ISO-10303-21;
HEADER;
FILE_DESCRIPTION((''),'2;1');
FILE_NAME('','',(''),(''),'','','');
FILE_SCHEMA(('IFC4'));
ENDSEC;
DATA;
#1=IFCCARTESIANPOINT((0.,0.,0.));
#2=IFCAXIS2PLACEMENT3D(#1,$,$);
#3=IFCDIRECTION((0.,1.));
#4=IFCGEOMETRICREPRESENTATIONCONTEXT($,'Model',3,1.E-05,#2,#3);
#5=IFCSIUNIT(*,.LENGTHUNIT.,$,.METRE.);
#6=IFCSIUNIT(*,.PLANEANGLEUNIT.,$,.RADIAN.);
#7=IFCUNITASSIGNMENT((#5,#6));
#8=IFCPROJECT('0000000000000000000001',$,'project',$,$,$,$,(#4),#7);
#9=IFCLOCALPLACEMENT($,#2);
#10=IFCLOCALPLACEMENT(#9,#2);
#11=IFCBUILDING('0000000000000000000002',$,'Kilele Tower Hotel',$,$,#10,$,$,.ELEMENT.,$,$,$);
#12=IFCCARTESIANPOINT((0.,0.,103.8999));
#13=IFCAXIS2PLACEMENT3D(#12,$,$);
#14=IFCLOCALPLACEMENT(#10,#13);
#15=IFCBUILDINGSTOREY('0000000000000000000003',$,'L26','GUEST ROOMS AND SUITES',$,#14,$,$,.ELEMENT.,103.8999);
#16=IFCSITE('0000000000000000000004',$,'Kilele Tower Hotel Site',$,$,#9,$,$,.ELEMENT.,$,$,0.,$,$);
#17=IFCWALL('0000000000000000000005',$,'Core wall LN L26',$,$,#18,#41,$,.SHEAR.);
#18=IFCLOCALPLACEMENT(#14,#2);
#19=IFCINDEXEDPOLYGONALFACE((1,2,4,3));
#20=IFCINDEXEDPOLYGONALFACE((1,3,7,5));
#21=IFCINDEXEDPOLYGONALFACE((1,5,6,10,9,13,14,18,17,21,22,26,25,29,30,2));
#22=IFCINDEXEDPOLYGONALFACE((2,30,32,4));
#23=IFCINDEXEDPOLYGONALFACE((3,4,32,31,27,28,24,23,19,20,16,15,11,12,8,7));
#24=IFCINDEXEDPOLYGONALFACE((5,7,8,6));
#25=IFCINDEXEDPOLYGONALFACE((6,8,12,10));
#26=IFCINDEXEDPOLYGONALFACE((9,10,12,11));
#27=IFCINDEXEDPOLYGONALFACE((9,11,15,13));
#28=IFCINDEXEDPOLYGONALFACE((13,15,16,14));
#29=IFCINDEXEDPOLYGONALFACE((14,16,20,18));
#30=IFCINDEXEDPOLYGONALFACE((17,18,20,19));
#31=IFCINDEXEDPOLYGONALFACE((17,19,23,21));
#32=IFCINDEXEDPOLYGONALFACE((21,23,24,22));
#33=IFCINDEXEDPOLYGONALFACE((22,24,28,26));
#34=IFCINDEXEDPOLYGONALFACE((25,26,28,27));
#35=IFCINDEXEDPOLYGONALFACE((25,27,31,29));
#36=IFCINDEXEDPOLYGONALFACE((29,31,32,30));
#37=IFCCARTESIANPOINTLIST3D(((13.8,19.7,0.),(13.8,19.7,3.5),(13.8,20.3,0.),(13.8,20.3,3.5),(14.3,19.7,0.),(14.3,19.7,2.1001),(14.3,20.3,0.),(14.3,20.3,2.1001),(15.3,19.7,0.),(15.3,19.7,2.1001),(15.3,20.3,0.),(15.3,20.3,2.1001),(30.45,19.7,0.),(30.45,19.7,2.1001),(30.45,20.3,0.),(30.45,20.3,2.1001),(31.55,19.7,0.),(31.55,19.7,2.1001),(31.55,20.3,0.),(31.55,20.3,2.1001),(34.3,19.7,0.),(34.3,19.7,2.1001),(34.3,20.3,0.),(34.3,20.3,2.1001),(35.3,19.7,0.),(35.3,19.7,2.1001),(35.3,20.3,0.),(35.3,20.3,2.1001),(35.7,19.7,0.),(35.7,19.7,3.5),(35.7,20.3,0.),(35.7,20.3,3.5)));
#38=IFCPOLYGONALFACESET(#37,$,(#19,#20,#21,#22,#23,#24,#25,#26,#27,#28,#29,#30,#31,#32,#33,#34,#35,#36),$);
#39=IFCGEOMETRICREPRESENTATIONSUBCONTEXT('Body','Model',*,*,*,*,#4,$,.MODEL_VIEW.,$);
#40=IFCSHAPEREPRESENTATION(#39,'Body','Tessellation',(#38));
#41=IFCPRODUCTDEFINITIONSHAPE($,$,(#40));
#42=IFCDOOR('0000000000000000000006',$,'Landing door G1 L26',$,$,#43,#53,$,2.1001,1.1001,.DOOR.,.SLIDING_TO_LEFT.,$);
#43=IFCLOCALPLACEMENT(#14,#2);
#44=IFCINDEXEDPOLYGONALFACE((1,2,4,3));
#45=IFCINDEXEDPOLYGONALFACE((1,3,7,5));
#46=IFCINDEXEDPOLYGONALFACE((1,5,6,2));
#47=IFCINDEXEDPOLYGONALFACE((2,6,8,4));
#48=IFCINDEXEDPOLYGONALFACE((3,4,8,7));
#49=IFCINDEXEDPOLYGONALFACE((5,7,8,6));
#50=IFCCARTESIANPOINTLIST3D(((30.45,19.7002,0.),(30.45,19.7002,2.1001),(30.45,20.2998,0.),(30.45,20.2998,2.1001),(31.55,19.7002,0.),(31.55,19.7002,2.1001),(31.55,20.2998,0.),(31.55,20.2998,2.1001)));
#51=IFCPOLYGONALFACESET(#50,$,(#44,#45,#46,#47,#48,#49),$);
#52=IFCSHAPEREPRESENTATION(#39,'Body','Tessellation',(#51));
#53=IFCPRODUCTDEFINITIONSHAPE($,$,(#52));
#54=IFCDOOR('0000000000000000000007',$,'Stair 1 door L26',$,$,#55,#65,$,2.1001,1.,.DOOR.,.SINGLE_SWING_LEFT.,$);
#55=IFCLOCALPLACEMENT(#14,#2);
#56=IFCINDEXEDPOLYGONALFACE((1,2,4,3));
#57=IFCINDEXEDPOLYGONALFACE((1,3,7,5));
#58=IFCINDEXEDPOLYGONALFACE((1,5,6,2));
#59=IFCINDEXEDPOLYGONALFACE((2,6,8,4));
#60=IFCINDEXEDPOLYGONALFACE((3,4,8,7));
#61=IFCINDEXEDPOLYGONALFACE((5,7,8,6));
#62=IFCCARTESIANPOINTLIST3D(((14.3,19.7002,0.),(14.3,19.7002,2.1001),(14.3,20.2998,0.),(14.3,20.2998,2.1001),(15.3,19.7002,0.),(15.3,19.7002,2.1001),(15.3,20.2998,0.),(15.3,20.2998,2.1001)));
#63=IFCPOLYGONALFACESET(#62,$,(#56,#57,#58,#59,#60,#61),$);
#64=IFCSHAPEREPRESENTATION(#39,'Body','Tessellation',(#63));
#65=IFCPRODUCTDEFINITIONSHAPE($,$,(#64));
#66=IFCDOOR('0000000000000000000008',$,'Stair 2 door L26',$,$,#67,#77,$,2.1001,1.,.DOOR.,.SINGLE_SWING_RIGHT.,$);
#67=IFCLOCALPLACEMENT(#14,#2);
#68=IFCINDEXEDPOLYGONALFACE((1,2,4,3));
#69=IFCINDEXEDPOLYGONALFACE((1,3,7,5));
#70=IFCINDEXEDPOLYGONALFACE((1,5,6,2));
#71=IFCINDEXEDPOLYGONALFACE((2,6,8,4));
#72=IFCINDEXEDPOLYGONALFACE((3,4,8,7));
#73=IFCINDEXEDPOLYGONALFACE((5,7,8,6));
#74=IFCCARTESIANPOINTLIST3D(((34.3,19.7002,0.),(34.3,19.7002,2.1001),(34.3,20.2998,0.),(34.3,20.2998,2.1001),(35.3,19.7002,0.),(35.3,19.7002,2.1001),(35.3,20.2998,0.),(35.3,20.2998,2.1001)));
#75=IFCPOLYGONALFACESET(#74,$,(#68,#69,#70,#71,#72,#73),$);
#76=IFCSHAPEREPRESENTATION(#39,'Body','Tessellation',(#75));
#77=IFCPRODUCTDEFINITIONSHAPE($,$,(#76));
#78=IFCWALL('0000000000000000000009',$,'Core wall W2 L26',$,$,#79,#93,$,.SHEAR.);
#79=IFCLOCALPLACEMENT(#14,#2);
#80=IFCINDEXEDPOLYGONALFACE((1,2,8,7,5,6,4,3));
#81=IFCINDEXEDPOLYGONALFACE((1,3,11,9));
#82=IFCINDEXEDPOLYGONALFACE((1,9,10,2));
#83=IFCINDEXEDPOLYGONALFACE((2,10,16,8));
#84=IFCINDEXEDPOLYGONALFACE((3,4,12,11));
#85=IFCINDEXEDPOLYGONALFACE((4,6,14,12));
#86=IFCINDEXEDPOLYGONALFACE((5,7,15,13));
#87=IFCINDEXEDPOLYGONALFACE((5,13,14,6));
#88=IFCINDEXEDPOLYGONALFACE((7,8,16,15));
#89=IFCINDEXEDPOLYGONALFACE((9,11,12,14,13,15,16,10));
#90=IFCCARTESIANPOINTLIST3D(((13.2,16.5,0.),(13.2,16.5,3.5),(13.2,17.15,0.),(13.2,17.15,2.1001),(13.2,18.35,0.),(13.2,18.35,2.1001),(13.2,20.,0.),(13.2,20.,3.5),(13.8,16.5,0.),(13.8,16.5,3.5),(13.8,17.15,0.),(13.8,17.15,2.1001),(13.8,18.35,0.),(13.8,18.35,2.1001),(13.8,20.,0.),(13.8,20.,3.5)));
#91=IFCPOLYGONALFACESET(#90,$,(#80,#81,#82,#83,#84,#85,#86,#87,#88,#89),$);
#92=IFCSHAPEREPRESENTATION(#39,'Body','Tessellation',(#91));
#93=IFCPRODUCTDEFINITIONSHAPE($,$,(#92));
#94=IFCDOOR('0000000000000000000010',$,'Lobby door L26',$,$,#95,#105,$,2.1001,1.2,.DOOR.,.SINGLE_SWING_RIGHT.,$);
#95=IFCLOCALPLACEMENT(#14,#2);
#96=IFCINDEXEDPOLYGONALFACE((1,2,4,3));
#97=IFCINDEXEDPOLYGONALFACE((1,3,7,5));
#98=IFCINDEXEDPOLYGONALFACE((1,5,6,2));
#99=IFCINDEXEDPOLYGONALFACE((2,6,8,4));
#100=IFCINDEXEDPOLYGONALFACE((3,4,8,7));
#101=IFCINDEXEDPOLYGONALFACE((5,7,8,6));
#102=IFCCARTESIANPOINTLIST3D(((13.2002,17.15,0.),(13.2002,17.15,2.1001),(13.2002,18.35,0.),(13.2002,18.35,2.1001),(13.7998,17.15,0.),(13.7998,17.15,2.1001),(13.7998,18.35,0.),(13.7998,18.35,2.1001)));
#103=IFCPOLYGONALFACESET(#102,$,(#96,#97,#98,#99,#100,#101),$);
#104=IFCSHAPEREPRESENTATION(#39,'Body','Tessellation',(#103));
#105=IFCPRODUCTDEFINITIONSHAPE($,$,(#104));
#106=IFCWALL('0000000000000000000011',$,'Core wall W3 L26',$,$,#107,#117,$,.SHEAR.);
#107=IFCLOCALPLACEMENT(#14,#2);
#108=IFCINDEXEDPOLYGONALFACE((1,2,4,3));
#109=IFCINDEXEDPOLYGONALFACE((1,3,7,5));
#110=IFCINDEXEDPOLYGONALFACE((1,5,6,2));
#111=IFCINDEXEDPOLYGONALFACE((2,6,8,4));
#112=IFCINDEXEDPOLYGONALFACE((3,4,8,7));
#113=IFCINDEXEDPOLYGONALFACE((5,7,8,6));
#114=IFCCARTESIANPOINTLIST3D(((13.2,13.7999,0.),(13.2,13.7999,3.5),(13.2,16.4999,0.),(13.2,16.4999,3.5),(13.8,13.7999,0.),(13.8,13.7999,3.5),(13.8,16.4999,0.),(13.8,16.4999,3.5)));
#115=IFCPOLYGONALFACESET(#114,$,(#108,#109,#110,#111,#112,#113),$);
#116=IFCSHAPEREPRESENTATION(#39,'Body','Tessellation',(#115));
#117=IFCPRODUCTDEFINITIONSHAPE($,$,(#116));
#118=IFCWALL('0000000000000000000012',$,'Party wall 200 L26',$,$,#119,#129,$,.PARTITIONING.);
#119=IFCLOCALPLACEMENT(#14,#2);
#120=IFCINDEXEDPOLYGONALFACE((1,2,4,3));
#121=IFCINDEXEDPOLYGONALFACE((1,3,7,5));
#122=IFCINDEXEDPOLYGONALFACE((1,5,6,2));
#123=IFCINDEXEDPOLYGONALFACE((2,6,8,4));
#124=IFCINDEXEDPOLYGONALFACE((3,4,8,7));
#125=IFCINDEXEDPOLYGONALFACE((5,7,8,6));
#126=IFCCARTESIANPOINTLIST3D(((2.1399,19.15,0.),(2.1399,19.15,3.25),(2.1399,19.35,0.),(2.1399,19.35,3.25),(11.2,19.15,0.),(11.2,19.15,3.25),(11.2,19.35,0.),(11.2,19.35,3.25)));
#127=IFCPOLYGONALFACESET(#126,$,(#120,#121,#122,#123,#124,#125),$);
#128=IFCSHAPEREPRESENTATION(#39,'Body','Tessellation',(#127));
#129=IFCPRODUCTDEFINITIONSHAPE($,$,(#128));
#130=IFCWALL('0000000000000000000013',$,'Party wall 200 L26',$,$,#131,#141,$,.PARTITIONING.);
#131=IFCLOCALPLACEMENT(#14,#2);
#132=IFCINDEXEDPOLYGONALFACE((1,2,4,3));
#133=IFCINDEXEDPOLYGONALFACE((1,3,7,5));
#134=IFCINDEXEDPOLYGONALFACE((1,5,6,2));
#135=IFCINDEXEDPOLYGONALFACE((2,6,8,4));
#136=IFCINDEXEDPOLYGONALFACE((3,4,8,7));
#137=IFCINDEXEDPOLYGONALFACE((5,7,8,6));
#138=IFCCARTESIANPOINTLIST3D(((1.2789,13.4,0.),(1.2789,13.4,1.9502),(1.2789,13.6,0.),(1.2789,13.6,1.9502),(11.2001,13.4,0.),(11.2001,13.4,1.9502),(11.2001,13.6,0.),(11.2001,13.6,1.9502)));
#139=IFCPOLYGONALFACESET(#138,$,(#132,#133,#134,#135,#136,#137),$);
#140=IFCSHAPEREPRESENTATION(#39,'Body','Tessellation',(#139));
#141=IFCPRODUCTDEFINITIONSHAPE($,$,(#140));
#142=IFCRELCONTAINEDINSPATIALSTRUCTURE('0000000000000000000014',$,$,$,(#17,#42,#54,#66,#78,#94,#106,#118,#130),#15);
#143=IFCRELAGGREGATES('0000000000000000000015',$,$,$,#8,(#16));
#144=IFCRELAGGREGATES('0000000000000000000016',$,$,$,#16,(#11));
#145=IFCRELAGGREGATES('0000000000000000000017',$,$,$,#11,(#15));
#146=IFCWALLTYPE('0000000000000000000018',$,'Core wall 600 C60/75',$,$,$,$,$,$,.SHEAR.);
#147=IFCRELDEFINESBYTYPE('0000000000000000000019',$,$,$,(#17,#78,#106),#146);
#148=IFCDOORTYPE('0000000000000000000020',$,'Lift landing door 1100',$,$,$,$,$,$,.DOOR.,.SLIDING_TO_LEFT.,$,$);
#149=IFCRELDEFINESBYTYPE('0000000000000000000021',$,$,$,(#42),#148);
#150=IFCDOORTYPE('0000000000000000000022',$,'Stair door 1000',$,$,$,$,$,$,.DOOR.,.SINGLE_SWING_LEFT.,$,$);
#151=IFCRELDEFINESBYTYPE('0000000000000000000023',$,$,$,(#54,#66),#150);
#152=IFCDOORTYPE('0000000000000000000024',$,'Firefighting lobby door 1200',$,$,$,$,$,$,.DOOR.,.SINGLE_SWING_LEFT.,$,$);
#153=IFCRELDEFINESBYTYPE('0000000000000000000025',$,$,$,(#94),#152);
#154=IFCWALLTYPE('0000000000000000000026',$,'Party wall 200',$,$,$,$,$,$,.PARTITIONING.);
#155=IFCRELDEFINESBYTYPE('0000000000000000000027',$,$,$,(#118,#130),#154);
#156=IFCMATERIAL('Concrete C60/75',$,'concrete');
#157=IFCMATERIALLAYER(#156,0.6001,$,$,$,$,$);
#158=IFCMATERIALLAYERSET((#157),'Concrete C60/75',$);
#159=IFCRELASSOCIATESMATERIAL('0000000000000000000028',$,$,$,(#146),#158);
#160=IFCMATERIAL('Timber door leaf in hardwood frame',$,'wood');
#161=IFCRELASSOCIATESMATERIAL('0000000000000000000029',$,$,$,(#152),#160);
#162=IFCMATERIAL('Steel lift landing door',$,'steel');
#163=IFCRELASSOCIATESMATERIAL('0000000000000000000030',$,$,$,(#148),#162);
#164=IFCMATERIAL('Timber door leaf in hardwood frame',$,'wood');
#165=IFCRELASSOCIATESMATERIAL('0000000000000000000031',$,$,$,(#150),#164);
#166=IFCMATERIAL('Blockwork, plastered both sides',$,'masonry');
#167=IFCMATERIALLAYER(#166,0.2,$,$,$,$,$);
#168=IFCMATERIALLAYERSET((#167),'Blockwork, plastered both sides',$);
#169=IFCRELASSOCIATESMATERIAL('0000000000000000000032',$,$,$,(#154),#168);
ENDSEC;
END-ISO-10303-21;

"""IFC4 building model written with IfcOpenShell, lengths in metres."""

from ifc_helpers import new_model, si_unit, direction, frame, frame_2d, origin, place, context, subcontext, project, spatial, rectangle, extrude, material, layer, layer_set, type_object, element, fill, save


model = new_model("IFC4")

# Units and contexts
model_context = context("Model", 3, precision=1e-05, world=origin(), true_north=direction((0.0, 1.0)))
body_context = subcontext(model_context, "Body", "Model", "MODEL_VIEW")
ifc_project = project(units=[si_unit("LENGTHUNIT", "METRE"), si_unit("PLANEANGLEUNIT", "RADIAN")], contexts=[model_context])

# Site, building, storey
site_placement = place(None, origin())
site = spatial("IfcSite", under=ifc_project, at=site_placement, Name="Kilele Tower Hotel Site", CompositionType="ELEMENT", RefElevation=0.0)
building_placement = place(site_placement, origin())
building = spatial("IfcBuilding", under=site, at=building_placement, Name="Kilele Tower Hotel", CompositionType="ELEMENT")
storey_placement = place(building_placement, frame((0.0, 0.0, 103.8999)))
storey = spatial("IfcBuildingStorey", under=building, at=storey_placement, Name="L26", Description="GUEST ROOMS AND SUITES", CompositionType="ELEMENT", Elevation=103.8999)

# Shared definitions
ifc_material_1 = material(Name="Concrete C60/75", Category="concrete")
ifc_layer_1 = layer(ifc_material_1, 0.6001)
ifc_layer_set_1 = layer_set([ifc_layer_1], Name="Concrete C60/75")
wall_type_1 = type_object("IfcWallType", Name="Core wall 600 C60/75", PredefinedType="SHEAR", material=ifc_layer_set_1)

# Shared definitions
ifc_material_2 = material(Name="Timber door leaf in hardwood frame", Category="wood")
door_type_1 = type_object("IfcDoorType", Name="Firefighting lobby door 1200", OperationType="SINGLE_SWING_LEFT", PredefinedType="DOOR", material=ifc_material_2)

# Wall, openings, doors
ifc_material_3 = material(Name="Steel lift landing door", Category="steel")
door_type_2 = type_object("IfcDoorType", Name="Lift landing door 1100", OperationType="SLIDING_TO_LEFT", PredefinedType="DOOR", material=ifc_material_3)
wall_1_placement = place(storey_placement, frame((13.8, 20.0, 0.0), z_axis=(0.0, 0.0, 1.0), x_axis=(1.0, 0.0, 0.0)))
wall_1 = element("IfcWall", 1, at=wall_1_placement, inside=storey, type_object=wall_type_1, Name="Core wall LN L26", PredefinedType="SHEAR", context=body_context, shape_type="SweptSolid", body=[
    extrude(rectangle(XDim=21.8999, YDim=0.6001, at=frame_2d((10.95, 0.0))), origin(), (0.0, 0.0, 1.0), 3.5),
])
opening_1_placement = place(wall_1_placement, frame((0.5, 0.0, 0.0)))
opening_1 = element("IfcOpeningElement", 2, at=opening_1_placement, cuts=wall_1, PredefinedType="OPENING", context=body_context, shape_type="SweptSolid", body=[
    extrude(rectangle(XDim=1.0, YDim=2.1001, at=frame_2d((0.5, 1.05))), frame((0.0, 0.3101, 0.0), z_axis=(0.0, -1.0, 0.0), x_axis=(1.0, 0.0, 0.0)), (0.0, 0.0, 1.0), 0.6201),
])
opening_2_placement = place(wall_1_placement, frame((20.5, 0.0, 0.0)))
opening_2 = element("IfcOpeningElement", 3, at=opening_2_placement, cuts=wall_1, PredefinedType="OPENING", context=body_context, shape_type="SweptSolid", body=[
    extrude(rectangle(XDim=1.0, YDim=2.1001, at=frame_2d((0.5, 1.05))), frame((0.0, 0.3101, 0.0), z_axis=(0.0, -1.0, 0.0), x_axis=(1.0, 0.0, 0.0)), (0.0, 0.0, 1.0), 0.6201),
])
opening_3_placement = place(wall_1_placement, frame((16.6499, 0.0, 0.0)))
opening_3 = element("IfcOpeningElement", 4, at=opening_3_placement, cuts=wall_1, PredefinedType="OPENING", context=body_context, shape_type="SweptSolid", body=[
    extrude(rectangle(XDim=1.1001, YDim=2.1001, at=frame_2d((0.55, 1.05))), frame((0.0, 0.3101, 0.0), z_axis=(0.0, -1.0, 0.0), x_axis=(1.0, 0.0, 0.0)), (0.0, 0.0, 1.0), 0.6201),
])
door_1_placement = place(opening_3_placement, origin())
door_1 = element("IfcDoor", 5, at=door_1_placement, inside=storey, type_object=door_type_2, Name="Landing door G1 L26", OperationType="SLIDING_TO_LEFT", OverallHeight=2.1001, OverallWidth=1.1001, PredefinedType="DOOR", context=body_context, shape_type="SweptSolid", body=[
    extrude(rectangle(XDim=1.1001, YDim=2.1001, at=frame_2d((0.55, 1.05))), frame((0.0, 0.2998, 0.0), z_axis=(0.0, -1.0, 0.0), x_axis=(1.0, 0.0, 0.0)), (0.0, 0.0, 1.0), 0.5996),
])
fill(opening_3, door_1)
ifc_material_4 = material(Name="Timber door leaf in hardwood frame", Category="wood")
door_type_3 = type_object("IfcDoorType", Name="Stair door 1000", OperationType="SINGLE_SWING_LEFT", PredefinedType="DOOR", material=ifc_material_4)
door_2_placement = place(opening_1_placement, origin())
door_2 = element("IfcDoor", 6, at=door_2_placement, inside=storey, type_object=door_type_3, Name="Stair 1 door L26", OperationType="SINGLE_SWING_LEFT", OverallHeight=2.1001, OverallWidth=1.0, PredefinedType="DOOR", context=body_context, shape_type="SweptSolid", body=[
    extrude(rectangle(XDim=1.0, YDim=2.1001, at=frame_2d((0.5, 1.05))), frame((0.0, 0.2998, 0.0), z_axis=(0.0, -1.0, 0.0), x_axis=(1.0, 0.0, 0.0)), (0.0, 0.0, 1.0), 0.5996),
])
fill(opening_1, door_2)
door_3_placement = place(opening_2_placement, origin())
door_3 = element("IfcDoor", 7, at=door_3_placement, inside=storey, type_object=door_type_3, Name="Stair 2 door L26", OperationType="SINGLE_SWING_RIGHT", OverallHeight=2.1001, OverallWidth=1.0, PredefinedType="DOOR", context=body_context, shape_type="SweptSolid", body=[
    extrude(rectangle(XDim=1.0, YDim=2.1001, at=frame_2d((0.5, 1.05))), frame((0.0, 0.2998, 0.0), z_axis=(0.0, -1.0, 0.0), x_axis=(1.0, 0.0, 0.0)), (0.0, 0.0, 1.0), 0.5996),
])
fill(opening_2, door_3)

# Wall, opening, door
wall_2_placement = place(storey_placement, frame((13.5, 20.0, 0.0), z_axis=(0.0, 0.0, 1.0), x_axis=(0.0, -1.0, 0.0)))
wall_2 = element("IfcWall", 8, at=wall_2_placement, inside=storey, type_object=wall_type_1, Name="Core wall W2 L26", PredefinedType="SHEAR", context=body_context, shape_type="SweptSolid", body=[
    extrude(rectangle(XDim=3.5, YDim=0.6001, at=frame_2d((1.75, 0.0))), origin(), (0.0, 0.0, 1.0), 3.5),
])
opening_4_placement = place(wall_2_placement, frame((1.6499, 0.0, 0.0)))
opening_4 = element("IfcOpeningElement", 9, at=opening_4_placement, cuts=wall_2, PredefinedType="OPENING", context=body_context, shape_type="SweptSolid", body=[
    extrude(rectangle(XDim=1.2, YDim=2.1001, at=frame_2d((0.6001, 1.05))), frame((0.0, 0.3101, 0.0), z_axis=(0.0, -1.0, 0.0), x_axis=(1.0, 0.0, 0.0)), (0.0, 0.0, 1.0), 0.6201),
])
door_4_placement = place(opening_4_placement, origin())
door_4 = element("IfcDoor", 10, at=door_4_placement, inside=storey, type_object=door_type_1, Name="Lobby door L26", OperationType="SINGLE_SWING_RIGHT", OverallHeight=2.1001, OverallWidth=1.2, PredefinedType="DOOR", context=body_context, shape_type="SweptSolid", body=[
    extrude(rectangle(XDim=1.2, YDim=2.1001, at=frame_2d((0.6001, 1.05))), frame((0.0, 0.2998, 0.0), z_axis=(0.0, -1.0, 0.0), x_axis=(1.0, 0.0, 0.0)), (0.0, 0.0, 1.0), 0.5996),
])
fill(opening_4, door_4)

# Walls
wall_3_placement = place(storey_placement, frame((13.5, 16.5, 0.0), z_axis=(0.0, 0.0, 1.0), x_axis=(0.0, -1.0, 0.0)))
element("IfcWall", 11, at=wall_3_placement, inside=storey, type_object=wall_type_1, Name="Core wall W3 L26", PredefinedType="SHEAR", context=body_context, shape_type="SweptSolid", body=[
    extrude(rectangle(XDim=2.7, YDim=0.6001, at=frame_2d((1.3501, 0.0))), origin(), (0.0, 0.0, 1.0), 3.5),
])
ifc_material_5 = material(Name="Blockwork, plastered both sides", Category="masonry")
ifc_layer_2 = layer(ifc_material_5, 0.2)
ifc_layer_set_2 = layer_set([ifc_layer_2], Name="Blockwork, plastered both sides")
wall_type_2 = type_object("IfcWallType", Name="Party wall 200", PredefinedType="PARTITIONING", material=ifc_layer_set_2)
wall_4_placement = place(storey_placement, frame((11.2, 19.25, 0.0), z_axis=(0.0, 0.0, 1.0), x_axis=(-1.0, 0.0, 0.0)))
element("IfcWall", 12, at=wall_4_placement, inside=storey, type_object=wall_type_2, Name="Party wall 200 L26", PredefinedType="PARTITIONING", context=body_context, shape_type="SweptSolid", body=[
    extrude(rectangle(XDim=9.0601, YDim=0.2, at=frame_2d((4.53, 0.0))), origin(), (0.0, 0.0, 1.0), 3.25),
])
wall_5_placement = place(storey_placement, frame((11.2, 13.5, 0.0), z_axis=(0.0, 0.0, 1.0), x_axis=(-1.0, 0.0, 0.0)))
element("IfcWall", 13, at=wall_5_placement, inside=storey, type_object=wall_type_2, Name="Party wall 200 L26", PredefinedType="PARTITIONING", context=body_context, shape_type="SweptSolid", body=[
    extrude(rectangle(XDim=9.9211, YDim=0.2, at=frame_2d((4.9604, 0.0))), origin(), (0.0, 0.0, 1.0), 1.9502),
])

save(model, "model.ifc")
